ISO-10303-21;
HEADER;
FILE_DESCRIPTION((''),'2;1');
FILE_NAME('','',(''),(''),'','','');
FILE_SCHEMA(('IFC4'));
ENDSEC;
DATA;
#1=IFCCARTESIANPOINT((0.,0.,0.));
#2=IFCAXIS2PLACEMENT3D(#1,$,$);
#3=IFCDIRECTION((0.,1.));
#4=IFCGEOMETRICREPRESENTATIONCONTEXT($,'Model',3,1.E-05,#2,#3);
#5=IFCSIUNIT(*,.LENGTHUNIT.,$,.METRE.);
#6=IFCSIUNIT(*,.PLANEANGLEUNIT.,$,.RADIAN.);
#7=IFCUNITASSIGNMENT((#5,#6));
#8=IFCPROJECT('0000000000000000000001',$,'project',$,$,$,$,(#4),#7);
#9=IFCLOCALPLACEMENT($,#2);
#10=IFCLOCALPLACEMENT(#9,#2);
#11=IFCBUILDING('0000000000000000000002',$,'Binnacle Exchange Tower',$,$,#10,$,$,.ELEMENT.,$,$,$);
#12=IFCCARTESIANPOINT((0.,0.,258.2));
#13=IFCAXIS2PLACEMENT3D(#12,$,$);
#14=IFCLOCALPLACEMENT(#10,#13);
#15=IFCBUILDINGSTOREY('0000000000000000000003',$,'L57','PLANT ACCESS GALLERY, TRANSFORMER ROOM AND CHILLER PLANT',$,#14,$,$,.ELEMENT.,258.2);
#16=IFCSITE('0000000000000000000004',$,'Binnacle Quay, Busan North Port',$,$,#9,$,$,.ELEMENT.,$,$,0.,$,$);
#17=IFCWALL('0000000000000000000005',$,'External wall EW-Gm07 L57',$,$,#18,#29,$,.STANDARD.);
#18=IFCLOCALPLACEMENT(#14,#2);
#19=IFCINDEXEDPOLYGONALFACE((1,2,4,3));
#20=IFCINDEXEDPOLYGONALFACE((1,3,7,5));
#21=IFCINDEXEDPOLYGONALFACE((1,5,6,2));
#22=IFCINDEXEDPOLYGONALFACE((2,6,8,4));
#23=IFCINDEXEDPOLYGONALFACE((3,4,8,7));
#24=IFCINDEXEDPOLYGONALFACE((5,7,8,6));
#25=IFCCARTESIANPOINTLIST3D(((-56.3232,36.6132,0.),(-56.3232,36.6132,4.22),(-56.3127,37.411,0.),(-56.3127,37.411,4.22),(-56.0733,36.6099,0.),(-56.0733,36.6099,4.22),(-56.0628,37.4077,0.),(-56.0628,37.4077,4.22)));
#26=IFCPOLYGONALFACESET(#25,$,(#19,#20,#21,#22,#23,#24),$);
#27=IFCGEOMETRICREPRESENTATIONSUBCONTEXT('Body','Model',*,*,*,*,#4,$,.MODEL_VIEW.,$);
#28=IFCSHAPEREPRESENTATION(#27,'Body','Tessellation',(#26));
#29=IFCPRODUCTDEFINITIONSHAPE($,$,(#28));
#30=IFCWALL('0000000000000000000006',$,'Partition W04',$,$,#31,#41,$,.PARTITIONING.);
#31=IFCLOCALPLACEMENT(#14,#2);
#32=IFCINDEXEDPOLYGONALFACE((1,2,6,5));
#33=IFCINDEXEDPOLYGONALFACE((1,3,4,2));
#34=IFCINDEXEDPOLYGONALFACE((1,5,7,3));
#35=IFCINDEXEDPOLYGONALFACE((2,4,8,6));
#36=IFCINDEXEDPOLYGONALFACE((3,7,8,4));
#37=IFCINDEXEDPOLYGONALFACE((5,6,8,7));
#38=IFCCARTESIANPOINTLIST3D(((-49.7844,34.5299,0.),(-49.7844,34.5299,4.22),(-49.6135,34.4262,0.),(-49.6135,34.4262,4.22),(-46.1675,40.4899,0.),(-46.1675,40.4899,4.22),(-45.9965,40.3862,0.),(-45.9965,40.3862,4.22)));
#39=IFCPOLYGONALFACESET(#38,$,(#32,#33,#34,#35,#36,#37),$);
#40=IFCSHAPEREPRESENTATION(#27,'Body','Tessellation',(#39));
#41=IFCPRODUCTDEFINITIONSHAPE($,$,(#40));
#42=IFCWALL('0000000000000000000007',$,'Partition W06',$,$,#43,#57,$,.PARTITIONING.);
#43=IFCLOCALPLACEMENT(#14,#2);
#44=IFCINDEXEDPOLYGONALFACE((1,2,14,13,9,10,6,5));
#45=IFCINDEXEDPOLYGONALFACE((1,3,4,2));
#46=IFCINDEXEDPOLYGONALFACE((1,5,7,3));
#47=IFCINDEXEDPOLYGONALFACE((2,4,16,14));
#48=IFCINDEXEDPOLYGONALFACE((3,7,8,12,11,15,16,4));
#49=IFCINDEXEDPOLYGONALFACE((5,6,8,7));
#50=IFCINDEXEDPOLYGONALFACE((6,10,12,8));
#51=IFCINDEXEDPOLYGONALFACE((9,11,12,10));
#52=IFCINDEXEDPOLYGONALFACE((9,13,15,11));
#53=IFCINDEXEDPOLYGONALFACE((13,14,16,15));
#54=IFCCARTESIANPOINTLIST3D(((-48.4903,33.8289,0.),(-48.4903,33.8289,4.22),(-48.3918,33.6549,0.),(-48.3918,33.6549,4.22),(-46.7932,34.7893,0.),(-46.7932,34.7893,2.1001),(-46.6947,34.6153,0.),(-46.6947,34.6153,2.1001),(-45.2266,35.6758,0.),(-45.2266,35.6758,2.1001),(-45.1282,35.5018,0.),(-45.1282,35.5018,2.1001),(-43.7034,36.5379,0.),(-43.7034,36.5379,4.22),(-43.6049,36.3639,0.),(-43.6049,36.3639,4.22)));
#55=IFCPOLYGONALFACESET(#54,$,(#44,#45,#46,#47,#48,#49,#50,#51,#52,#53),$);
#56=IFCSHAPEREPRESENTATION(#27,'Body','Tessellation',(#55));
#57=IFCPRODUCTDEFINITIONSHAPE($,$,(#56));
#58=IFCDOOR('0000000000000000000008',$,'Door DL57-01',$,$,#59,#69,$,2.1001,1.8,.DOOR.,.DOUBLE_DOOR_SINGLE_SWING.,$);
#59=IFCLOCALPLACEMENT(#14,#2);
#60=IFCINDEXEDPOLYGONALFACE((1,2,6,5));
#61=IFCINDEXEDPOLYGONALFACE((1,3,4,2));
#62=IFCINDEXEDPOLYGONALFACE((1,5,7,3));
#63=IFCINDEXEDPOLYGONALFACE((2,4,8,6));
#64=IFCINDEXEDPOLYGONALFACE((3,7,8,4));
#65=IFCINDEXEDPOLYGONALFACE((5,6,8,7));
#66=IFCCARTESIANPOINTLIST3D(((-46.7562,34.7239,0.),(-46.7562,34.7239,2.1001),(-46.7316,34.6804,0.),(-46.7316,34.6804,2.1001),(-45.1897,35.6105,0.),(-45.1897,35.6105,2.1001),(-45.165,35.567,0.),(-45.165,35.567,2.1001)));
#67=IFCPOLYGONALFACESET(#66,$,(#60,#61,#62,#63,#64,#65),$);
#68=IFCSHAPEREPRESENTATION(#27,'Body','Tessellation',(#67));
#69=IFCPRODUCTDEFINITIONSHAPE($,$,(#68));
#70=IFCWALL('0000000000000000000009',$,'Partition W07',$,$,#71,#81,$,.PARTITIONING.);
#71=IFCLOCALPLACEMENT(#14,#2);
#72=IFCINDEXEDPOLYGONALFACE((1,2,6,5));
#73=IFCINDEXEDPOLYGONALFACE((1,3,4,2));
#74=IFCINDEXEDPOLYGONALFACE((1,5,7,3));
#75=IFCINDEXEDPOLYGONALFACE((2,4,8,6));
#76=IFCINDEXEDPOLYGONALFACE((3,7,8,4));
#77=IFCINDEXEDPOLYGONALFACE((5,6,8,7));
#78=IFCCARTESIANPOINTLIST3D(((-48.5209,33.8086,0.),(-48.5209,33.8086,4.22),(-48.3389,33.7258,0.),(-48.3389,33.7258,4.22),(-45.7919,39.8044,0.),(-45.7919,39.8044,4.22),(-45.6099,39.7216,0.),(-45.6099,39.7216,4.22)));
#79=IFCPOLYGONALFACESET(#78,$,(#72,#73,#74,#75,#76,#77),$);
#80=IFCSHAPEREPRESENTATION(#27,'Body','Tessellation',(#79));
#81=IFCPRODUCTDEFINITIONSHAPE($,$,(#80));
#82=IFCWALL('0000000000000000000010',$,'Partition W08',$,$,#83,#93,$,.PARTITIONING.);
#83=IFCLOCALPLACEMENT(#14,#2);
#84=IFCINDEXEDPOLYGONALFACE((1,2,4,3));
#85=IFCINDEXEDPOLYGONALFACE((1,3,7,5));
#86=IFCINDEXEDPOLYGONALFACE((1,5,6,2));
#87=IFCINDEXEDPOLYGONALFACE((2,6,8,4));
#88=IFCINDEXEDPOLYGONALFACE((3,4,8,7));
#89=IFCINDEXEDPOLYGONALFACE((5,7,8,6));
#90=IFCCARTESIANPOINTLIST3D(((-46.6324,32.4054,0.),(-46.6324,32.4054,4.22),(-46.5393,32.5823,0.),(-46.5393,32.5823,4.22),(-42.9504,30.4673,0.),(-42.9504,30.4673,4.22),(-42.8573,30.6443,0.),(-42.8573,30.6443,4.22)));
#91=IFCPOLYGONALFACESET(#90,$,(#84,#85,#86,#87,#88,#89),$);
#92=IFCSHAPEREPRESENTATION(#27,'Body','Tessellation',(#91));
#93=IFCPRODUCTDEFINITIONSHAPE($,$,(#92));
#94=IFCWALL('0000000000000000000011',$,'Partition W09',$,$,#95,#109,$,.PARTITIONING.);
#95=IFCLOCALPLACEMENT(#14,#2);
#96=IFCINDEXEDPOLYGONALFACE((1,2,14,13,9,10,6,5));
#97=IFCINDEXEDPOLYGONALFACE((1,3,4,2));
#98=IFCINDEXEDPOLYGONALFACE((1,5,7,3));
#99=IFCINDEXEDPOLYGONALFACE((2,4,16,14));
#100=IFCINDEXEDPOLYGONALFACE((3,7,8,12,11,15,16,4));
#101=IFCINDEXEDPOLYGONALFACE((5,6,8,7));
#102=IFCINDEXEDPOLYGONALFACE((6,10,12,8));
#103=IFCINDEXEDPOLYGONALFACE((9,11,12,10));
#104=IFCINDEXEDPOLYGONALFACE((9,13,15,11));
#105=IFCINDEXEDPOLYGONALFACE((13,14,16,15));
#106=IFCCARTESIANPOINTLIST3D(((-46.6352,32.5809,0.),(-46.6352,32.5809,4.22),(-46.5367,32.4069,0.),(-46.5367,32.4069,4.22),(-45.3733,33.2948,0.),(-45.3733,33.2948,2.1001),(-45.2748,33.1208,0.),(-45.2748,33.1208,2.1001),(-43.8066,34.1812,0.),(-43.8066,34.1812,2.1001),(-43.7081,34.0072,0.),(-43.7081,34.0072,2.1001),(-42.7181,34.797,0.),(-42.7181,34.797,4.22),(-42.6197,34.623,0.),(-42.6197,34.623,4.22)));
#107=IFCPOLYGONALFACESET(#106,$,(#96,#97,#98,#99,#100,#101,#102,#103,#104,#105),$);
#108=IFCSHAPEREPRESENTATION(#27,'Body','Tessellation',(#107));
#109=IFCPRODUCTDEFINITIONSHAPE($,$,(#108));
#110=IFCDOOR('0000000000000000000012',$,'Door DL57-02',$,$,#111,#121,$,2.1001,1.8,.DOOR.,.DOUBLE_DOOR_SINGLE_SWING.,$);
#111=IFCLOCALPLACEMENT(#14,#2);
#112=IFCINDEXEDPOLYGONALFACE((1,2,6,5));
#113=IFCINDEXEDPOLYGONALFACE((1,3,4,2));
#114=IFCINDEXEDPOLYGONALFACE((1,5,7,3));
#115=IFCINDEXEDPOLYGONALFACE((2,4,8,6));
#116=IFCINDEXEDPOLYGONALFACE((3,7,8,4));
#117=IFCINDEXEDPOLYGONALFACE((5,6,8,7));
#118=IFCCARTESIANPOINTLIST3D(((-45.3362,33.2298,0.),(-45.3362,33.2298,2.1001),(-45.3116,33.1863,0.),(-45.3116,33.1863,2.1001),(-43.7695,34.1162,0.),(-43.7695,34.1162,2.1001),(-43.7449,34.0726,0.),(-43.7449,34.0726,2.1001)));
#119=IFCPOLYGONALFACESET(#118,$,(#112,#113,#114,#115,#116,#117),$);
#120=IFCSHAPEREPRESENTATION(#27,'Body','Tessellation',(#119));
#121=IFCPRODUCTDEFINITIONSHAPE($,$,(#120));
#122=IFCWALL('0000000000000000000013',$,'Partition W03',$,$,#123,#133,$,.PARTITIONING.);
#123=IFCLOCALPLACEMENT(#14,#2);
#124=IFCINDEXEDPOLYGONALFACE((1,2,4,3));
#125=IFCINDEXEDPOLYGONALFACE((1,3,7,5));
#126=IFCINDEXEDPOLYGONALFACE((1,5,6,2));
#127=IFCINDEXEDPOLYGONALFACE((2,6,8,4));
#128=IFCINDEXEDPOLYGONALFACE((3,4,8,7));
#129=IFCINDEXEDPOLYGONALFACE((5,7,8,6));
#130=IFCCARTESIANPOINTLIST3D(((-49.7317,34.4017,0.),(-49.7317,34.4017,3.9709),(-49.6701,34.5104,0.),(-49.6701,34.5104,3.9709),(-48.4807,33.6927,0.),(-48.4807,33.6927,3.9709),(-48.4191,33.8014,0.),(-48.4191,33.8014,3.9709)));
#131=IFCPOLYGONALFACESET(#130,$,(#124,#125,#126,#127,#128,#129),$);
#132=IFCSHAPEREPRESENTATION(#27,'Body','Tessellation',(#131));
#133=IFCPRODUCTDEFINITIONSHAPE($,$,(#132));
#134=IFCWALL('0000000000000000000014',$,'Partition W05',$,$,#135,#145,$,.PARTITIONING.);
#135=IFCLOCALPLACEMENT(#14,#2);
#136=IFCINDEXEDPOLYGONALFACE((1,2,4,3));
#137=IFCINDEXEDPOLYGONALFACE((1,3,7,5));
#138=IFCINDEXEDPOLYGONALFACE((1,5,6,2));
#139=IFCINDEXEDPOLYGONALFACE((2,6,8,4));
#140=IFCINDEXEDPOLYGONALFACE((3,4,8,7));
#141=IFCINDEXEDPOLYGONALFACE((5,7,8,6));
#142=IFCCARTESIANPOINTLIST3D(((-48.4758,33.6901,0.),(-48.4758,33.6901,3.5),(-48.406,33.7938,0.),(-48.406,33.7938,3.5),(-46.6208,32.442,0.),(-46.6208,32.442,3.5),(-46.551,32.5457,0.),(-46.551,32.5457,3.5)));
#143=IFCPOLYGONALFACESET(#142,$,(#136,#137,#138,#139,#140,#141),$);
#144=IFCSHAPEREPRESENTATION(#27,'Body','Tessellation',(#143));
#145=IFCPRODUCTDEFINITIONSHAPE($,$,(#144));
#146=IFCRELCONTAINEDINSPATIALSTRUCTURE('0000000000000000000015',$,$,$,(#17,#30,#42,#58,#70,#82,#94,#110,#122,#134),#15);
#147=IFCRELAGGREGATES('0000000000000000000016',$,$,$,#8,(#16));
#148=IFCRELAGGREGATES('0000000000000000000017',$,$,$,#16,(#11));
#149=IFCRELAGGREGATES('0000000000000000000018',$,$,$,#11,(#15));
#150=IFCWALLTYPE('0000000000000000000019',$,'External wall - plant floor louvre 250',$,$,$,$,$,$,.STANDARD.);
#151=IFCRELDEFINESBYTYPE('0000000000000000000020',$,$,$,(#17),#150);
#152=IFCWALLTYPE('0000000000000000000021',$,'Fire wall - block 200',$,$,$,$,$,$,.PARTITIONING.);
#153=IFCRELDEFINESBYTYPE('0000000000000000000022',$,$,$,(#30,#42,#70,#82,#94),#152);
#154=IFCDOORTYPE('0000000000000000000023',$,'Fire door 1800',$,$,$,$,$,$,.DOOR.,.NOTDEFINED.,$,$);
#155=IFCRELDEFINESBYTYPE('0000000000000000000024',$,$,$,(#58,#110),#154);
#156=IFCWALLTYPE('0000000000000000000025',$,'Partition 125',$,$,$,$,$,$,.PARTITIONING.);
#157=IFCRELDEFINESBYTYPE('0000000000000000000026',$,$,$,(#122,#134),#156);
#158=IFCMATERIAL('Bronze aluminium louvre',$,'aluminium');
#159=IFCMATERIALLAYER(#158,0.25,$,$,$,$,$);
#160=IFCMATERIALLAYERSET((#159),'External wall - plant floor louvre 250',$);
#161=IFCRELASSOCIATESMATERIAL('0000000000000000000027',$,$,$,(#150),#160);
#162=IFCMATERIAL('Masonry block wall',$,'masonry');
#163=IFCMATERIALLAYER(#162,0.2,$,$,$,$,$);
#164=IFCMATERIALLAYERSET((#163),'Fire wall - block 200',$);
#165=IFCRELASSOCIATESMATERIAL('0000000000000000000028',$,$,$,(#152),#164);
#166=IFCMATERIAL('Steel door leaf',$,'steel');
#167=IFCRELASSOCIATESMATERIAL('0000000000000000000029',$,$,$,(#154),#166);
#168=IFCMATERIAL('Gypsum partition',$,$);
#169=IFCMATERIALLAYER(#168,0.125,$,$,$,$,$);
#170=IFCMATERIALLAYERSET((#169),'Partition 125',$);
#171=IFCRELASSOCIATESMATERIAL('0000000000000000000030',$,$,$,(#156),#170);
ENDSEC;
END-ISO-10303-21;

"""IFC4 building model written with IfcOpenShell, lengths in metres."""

from ifc_helpers import new_model, si_unit, direction, frame, frame_2d, origin, place, context, subcontext, project, spatial, rectangle, extrude, material, layer, layer_set, type_object, element, fill, save


model = new_model("IFC4")

# Units and contexts
model_context = context("Model", 3, precision=1e-05, world=origin(), true_north=direction((0.0, 1.0)))
body_context = subcontext(model_context, "Body", "Model", "MODEL_VIEW")
ifc_project = project(units=[si_unit("LENGTHUNIT", "METRE"), si_unit("PLANEANGLEUNIT", "RADIAN")], contexts=[model_context])

# Site, building, storey
site_placement = place(None, origin())
site = spatial("IfcSite", under=ifc_project, at=site_placement, Name="Binnacle Quay, Busan North Port", CompositionType="ELEMENT", RefElevation=0.0)
building_placement = place(site_placement, origin())
building = spatial("IfcBuilding", under=site, at=building_placement, Name="Binnacle Exchange Tower", CompositionType="ELEMENT")
storey_placement = place(building_placement, frame((0.0, 0.0, 258.2)))
storey = spatial("IfcBuildingStorey", under=building, at=storey_placement, Name="L57", Description="PLANT ACCESS GALLERY, TRANSFORMER ROOM AND CHILLER PLANT", CompositionType="ELEMENT", Elevation=258.2)

# Walls
ifc_material_1 = material(Name="Bronze aluminium louvre", Category="aluminium")
ifc_layer_1 = layer(ifc_material_1, 0.25)
ifc_layer_set_1 = layer_set([ifc_layer_1], Name="External wall - plant floor louvre 250")
wall_type_1 = type_object("IfcWallType", Name="External wall - plant floor louvre 250", PredefinedType="STANDARD", material=ifc_layer_set_1)
wall_1_placement = place(storey_placement, frame((-56.1982, 36.6116, 0.0), z_axis=(0.0, 0.0, 1.0), x_axis=(0.013157, 0.999913, 0.0)))
element("IfcWall", 1, at=wall_1_placement, inside=storey, type_object=wall_type_1, Name="External wall EW-Gm07 L57", PredefinedType="STANDARD", context=body_context, shape_type="SweptSolid", body=[
    extrude(rectangle(XDim=0.7979, YDim=0.25, at=frame_2d((0.3989, 0.0))), origin(), (0.0, 0.0, 1.0), 4.22),
])
ifc_material_2 = material(Name="Masonry block wall", Category="masonry")
ifc_layer_2 = layer(ifc_material_2, 0.2)
ifc_layer_set_2 = layer_set([ifc_layer_2], Name="Fire wall - block 200")
wall_type_2 = type_object("IfcWallType", Name="Fire wall - block 200", PredefinedType="PARTITIONING", material=ifc_layer_set_2)
wall_2_placement = place(storey_placement, frame((-49.699, 34.478, 0.0), z_axis=(0.0, 0.0, 1.0), x_axis=(0.51881, 0.85489, 0.0)))
element("IfcWall", 2, at=wall_2_placement, inside=storey, type_object=wall_type_2, Name="Partition W04", PredefinedType="PARTITIONING", context=body_context, shape_type="SweptSolid", body=[
    extrude(rectangle(XDim=6.9717, YDim=0.2, at=frame_2d((3.4858, 0.0))), origin(), (0.0, 0.0, 1.0), 4.22),
])

# Wall, opening, door
wall_3_placement = place(storey_placement, frame((-48.4409, 33.7419, 0.0), z_axis=(0.0, 0.0, 1.0), x_axis=(0.870301, 0.492521, 0.0)))
wall_3 = element("IfcWall", 3, at=wall_3_placement, inside=storey, type_object=wall_type_2, Name="Partition W06", PredefinedType="PARTITIONING", context=body_context, shape_type="SweptSolid", body=[
    extrude(rectangle(XDim=5.5002, YDim=0.2, at=frame_2d((2.75, 0.0))), origin(), (0.0, 0.0, 1.0), 4.22),
])
opening_1_placement = place(wall_3_placement, frame((1.95, 0.0, 0.0)))
opening_1 = element("IfcOpeningElement", 4, at=opening_1_placement, cuts=wall_3, PredefinedType="OPENING", context=body_context, shape_type="SweptSolid", body=[
    extrude(rectangle(XDim=1.8, YDim=2.1001, at=frame_2d((0.8999, 1.05))), frame((0.0, 0.1099, 0.0), z_axis=(0.0, -1.0, 0.0), x_axis=(1.0, 0.0, 0.0)), (0.0, 0.0, 1.0), 0.22),
])
ifc_material_3 = material(Name="Steel door leaf", Category="steel")
door_type = type_object("IfcDoorType", Name="Fire door 1800", OperationType="NOTDEFINED", PredefinedType="DOOR", material=ifc_material_3)
door_1_placement = place(opening_1_placement, origin())
door_1 = element("IfcDoor", 5, at=door_1_placement, inside=storey, type_object=door_type, Name="Door DL57-01", OperationType="DOUBLE_DOOR_SINGLE_SWING", OverallHeight=2.1001, OverallWidth=1.8, PredefinedType="DOOR", context=body_context, shape_type="SweptSolid", body=[
    extrude(rectangle(XDim=1.8, YDim=2.1001, at=frame_2d((0.8999, 1.05))), frame((0.0, 0.0249, 0.0), z_axis=(0.0, -1.0, 0.0), x_axis=(1.0, 0.0, 0.0)), (0.0, 0.0, 1.0), 0.05),
])
fill(opening_1, door_1)

# Walls
wall_4_placement = place(storey_placement, frame((-48.4299, 33.7671, 0.0), z_axis=(0.0, 0.0, 1.0), x_axis=(0.414258, 0.910159, 0.0)))
element("IfcWall", 6, at=wall_4_placement, inside=storey, type_object=wall_type_2, Name="Partition W07", PredefinedType="PARTITIONING", context=body_context, shape_type="SweptSolid", body=[
    extrude(rectangle(XDim=6.5876, YDim=0.2, at=frame_2d((3.2939, 0.0))), origin(), (0.0, 0.0, 1.0), 4.22),
])
wall_5_placement = place(storey_placement, frame((-46.5859, 32.4939, 0.0), z_axis=(0.0, 0.0, 1.0), x_axis=(0.884903, -0.465775, 0.0)))
element("IfcWall", 7, at=wall_5_placement, inside=storey, type_object=wall_type_2, Name="Partition W08", PredefinedType="PARTITIONING", context=body_context, shape_type="SweptSolid", body=[
    extrude(rectangle(XDim=4.1609, YDim=0.2, at=frame_2d((2.0806, 0.0))), origin(), (0.0, 0.0, 1.0), 4.22),
])

# Wall, opening, door
wall_6_placement = place(storey_placement, frame((-46.5859, 32.4939, 0.0), z_axis=(0.0, 0.0, 1.0), x_axis=(0.870362, 0.492413, 0.0)))
wall_6 = element("IfcWall", 8, at=wall_6_placement, inside=storey, type_object=wall_type_2, Name="Partition W09", PredefinedType="PARTITIONING", context=body_context, shape_type="SweptSolid", body=[
    extrude(rectangle(XDim=4.5005, YDim=0.2, at=frame_2d((2.2502, 0.0))), origin(), (0.0, 0.0, 1.0), 4.22),
])
opening_2_placement = place(wall_6_placement, frame((1.45, 0.0, 0.0)))
opening_2 = element("IfcOpeningElement", 9, at=opening_2_placement, cuts=wall_6, PredefinedType="OPENING", context=body_context, shape_type="SweptSolid", body=[
    extrude(rectangle(XDim=1.8, YDim=2.1001, at=frame_2d((0.8999, 1.05))), frame((0.0, 0.1099, 0.0), z_axis=(0.0, -1.0, 0.0), x_axis=(1.0, 0.0, 0.0)), (0.0, 0.0, 1.0), 0.22),
])
door_2_placement = place(opening_2_placement, frame((1.8, 0.0, 0.0), z_axis=(0.0, 0.0, 1.0), x_axis=(-1.0, 0.0, 0.0)))
door_2 = element("IfcDoor", 10, at=door_2_placement, inside=storey, type_object=door_type, Name="Door DL57-02", OperationType="DOUBLE_DOOR_SINGLE_SWING", OverallHeight=2.1001, OverallWidth=1.8, PredefinedType="DOOR", context=body_context, shape_type="SweptSolid", body=[
    extrude(rectangle(XDim=1.8, YDim=2.1001, at=frame_2d((0.8999, 1.05))), frame((0.0, 0.0249, 0.0), z_axis=(0.0, -1.0, 0.0), x_axis=(1.0, 0.0, 0.0)), (0.0, 0.0, 1.0), 0.05),
])
fill(opening_2, door_2)

# Walls
ifc_material_4 = material(Name="Gypsum partition")
ifc_layer_3 = layer(ifc_material_4, 0.125)
ifc_layer_set_3 = layer_set([ifc_layer_3], Name="Partition 125")
wall_type_3 = type_object("IfcWallType", Name="Partition 125", PredefinedType="PARTITIONING", material=ifc_layer_set_3)
wall_7_placement = place(storey_placement, frame((-49.7009, 34.4561, 0.0), z_axis=(0.0, 0.0, 1.0), x_axis=(0.869993, -0.493064, 0.0)))
element("IfcWall", 11, at=wall_7_placement, inside=storey, type_object=wall_type_3, Name="Partition W03", PredefinedType="PARTITIONING", context=body_context, shape_type="SweptSolid", body=[
    extrude(rectangle(XDim=1.438, YDim=0.125, at=frame_2d((0.719, 0.0))), origin(), (0.0, 0.0, 1.0), 3.9709),
])
wall_8_placement = place(storey_placement, frame((-48.4409, 33.7419, 0.0), z_axis=(0.0, 0.0, 1.0), x_axis=(0.829691, -0.558223, 0.0)))
element("IfcWall", 12, at=wall_8_placement, inside=storey, type_object=wall_type_3, Name="Partition W05", PredefinedType="PARTITIONING", context=body_context, shape_type="SweptSolid", body=[
    extrude(rectangle(XDim=2.2358, YDim=0.125, at=frame_2d((1.1179, 0.0))), origin(), (0.0, 0.0, 1.0), 3.5),
])

save(model, "model.ifc")
